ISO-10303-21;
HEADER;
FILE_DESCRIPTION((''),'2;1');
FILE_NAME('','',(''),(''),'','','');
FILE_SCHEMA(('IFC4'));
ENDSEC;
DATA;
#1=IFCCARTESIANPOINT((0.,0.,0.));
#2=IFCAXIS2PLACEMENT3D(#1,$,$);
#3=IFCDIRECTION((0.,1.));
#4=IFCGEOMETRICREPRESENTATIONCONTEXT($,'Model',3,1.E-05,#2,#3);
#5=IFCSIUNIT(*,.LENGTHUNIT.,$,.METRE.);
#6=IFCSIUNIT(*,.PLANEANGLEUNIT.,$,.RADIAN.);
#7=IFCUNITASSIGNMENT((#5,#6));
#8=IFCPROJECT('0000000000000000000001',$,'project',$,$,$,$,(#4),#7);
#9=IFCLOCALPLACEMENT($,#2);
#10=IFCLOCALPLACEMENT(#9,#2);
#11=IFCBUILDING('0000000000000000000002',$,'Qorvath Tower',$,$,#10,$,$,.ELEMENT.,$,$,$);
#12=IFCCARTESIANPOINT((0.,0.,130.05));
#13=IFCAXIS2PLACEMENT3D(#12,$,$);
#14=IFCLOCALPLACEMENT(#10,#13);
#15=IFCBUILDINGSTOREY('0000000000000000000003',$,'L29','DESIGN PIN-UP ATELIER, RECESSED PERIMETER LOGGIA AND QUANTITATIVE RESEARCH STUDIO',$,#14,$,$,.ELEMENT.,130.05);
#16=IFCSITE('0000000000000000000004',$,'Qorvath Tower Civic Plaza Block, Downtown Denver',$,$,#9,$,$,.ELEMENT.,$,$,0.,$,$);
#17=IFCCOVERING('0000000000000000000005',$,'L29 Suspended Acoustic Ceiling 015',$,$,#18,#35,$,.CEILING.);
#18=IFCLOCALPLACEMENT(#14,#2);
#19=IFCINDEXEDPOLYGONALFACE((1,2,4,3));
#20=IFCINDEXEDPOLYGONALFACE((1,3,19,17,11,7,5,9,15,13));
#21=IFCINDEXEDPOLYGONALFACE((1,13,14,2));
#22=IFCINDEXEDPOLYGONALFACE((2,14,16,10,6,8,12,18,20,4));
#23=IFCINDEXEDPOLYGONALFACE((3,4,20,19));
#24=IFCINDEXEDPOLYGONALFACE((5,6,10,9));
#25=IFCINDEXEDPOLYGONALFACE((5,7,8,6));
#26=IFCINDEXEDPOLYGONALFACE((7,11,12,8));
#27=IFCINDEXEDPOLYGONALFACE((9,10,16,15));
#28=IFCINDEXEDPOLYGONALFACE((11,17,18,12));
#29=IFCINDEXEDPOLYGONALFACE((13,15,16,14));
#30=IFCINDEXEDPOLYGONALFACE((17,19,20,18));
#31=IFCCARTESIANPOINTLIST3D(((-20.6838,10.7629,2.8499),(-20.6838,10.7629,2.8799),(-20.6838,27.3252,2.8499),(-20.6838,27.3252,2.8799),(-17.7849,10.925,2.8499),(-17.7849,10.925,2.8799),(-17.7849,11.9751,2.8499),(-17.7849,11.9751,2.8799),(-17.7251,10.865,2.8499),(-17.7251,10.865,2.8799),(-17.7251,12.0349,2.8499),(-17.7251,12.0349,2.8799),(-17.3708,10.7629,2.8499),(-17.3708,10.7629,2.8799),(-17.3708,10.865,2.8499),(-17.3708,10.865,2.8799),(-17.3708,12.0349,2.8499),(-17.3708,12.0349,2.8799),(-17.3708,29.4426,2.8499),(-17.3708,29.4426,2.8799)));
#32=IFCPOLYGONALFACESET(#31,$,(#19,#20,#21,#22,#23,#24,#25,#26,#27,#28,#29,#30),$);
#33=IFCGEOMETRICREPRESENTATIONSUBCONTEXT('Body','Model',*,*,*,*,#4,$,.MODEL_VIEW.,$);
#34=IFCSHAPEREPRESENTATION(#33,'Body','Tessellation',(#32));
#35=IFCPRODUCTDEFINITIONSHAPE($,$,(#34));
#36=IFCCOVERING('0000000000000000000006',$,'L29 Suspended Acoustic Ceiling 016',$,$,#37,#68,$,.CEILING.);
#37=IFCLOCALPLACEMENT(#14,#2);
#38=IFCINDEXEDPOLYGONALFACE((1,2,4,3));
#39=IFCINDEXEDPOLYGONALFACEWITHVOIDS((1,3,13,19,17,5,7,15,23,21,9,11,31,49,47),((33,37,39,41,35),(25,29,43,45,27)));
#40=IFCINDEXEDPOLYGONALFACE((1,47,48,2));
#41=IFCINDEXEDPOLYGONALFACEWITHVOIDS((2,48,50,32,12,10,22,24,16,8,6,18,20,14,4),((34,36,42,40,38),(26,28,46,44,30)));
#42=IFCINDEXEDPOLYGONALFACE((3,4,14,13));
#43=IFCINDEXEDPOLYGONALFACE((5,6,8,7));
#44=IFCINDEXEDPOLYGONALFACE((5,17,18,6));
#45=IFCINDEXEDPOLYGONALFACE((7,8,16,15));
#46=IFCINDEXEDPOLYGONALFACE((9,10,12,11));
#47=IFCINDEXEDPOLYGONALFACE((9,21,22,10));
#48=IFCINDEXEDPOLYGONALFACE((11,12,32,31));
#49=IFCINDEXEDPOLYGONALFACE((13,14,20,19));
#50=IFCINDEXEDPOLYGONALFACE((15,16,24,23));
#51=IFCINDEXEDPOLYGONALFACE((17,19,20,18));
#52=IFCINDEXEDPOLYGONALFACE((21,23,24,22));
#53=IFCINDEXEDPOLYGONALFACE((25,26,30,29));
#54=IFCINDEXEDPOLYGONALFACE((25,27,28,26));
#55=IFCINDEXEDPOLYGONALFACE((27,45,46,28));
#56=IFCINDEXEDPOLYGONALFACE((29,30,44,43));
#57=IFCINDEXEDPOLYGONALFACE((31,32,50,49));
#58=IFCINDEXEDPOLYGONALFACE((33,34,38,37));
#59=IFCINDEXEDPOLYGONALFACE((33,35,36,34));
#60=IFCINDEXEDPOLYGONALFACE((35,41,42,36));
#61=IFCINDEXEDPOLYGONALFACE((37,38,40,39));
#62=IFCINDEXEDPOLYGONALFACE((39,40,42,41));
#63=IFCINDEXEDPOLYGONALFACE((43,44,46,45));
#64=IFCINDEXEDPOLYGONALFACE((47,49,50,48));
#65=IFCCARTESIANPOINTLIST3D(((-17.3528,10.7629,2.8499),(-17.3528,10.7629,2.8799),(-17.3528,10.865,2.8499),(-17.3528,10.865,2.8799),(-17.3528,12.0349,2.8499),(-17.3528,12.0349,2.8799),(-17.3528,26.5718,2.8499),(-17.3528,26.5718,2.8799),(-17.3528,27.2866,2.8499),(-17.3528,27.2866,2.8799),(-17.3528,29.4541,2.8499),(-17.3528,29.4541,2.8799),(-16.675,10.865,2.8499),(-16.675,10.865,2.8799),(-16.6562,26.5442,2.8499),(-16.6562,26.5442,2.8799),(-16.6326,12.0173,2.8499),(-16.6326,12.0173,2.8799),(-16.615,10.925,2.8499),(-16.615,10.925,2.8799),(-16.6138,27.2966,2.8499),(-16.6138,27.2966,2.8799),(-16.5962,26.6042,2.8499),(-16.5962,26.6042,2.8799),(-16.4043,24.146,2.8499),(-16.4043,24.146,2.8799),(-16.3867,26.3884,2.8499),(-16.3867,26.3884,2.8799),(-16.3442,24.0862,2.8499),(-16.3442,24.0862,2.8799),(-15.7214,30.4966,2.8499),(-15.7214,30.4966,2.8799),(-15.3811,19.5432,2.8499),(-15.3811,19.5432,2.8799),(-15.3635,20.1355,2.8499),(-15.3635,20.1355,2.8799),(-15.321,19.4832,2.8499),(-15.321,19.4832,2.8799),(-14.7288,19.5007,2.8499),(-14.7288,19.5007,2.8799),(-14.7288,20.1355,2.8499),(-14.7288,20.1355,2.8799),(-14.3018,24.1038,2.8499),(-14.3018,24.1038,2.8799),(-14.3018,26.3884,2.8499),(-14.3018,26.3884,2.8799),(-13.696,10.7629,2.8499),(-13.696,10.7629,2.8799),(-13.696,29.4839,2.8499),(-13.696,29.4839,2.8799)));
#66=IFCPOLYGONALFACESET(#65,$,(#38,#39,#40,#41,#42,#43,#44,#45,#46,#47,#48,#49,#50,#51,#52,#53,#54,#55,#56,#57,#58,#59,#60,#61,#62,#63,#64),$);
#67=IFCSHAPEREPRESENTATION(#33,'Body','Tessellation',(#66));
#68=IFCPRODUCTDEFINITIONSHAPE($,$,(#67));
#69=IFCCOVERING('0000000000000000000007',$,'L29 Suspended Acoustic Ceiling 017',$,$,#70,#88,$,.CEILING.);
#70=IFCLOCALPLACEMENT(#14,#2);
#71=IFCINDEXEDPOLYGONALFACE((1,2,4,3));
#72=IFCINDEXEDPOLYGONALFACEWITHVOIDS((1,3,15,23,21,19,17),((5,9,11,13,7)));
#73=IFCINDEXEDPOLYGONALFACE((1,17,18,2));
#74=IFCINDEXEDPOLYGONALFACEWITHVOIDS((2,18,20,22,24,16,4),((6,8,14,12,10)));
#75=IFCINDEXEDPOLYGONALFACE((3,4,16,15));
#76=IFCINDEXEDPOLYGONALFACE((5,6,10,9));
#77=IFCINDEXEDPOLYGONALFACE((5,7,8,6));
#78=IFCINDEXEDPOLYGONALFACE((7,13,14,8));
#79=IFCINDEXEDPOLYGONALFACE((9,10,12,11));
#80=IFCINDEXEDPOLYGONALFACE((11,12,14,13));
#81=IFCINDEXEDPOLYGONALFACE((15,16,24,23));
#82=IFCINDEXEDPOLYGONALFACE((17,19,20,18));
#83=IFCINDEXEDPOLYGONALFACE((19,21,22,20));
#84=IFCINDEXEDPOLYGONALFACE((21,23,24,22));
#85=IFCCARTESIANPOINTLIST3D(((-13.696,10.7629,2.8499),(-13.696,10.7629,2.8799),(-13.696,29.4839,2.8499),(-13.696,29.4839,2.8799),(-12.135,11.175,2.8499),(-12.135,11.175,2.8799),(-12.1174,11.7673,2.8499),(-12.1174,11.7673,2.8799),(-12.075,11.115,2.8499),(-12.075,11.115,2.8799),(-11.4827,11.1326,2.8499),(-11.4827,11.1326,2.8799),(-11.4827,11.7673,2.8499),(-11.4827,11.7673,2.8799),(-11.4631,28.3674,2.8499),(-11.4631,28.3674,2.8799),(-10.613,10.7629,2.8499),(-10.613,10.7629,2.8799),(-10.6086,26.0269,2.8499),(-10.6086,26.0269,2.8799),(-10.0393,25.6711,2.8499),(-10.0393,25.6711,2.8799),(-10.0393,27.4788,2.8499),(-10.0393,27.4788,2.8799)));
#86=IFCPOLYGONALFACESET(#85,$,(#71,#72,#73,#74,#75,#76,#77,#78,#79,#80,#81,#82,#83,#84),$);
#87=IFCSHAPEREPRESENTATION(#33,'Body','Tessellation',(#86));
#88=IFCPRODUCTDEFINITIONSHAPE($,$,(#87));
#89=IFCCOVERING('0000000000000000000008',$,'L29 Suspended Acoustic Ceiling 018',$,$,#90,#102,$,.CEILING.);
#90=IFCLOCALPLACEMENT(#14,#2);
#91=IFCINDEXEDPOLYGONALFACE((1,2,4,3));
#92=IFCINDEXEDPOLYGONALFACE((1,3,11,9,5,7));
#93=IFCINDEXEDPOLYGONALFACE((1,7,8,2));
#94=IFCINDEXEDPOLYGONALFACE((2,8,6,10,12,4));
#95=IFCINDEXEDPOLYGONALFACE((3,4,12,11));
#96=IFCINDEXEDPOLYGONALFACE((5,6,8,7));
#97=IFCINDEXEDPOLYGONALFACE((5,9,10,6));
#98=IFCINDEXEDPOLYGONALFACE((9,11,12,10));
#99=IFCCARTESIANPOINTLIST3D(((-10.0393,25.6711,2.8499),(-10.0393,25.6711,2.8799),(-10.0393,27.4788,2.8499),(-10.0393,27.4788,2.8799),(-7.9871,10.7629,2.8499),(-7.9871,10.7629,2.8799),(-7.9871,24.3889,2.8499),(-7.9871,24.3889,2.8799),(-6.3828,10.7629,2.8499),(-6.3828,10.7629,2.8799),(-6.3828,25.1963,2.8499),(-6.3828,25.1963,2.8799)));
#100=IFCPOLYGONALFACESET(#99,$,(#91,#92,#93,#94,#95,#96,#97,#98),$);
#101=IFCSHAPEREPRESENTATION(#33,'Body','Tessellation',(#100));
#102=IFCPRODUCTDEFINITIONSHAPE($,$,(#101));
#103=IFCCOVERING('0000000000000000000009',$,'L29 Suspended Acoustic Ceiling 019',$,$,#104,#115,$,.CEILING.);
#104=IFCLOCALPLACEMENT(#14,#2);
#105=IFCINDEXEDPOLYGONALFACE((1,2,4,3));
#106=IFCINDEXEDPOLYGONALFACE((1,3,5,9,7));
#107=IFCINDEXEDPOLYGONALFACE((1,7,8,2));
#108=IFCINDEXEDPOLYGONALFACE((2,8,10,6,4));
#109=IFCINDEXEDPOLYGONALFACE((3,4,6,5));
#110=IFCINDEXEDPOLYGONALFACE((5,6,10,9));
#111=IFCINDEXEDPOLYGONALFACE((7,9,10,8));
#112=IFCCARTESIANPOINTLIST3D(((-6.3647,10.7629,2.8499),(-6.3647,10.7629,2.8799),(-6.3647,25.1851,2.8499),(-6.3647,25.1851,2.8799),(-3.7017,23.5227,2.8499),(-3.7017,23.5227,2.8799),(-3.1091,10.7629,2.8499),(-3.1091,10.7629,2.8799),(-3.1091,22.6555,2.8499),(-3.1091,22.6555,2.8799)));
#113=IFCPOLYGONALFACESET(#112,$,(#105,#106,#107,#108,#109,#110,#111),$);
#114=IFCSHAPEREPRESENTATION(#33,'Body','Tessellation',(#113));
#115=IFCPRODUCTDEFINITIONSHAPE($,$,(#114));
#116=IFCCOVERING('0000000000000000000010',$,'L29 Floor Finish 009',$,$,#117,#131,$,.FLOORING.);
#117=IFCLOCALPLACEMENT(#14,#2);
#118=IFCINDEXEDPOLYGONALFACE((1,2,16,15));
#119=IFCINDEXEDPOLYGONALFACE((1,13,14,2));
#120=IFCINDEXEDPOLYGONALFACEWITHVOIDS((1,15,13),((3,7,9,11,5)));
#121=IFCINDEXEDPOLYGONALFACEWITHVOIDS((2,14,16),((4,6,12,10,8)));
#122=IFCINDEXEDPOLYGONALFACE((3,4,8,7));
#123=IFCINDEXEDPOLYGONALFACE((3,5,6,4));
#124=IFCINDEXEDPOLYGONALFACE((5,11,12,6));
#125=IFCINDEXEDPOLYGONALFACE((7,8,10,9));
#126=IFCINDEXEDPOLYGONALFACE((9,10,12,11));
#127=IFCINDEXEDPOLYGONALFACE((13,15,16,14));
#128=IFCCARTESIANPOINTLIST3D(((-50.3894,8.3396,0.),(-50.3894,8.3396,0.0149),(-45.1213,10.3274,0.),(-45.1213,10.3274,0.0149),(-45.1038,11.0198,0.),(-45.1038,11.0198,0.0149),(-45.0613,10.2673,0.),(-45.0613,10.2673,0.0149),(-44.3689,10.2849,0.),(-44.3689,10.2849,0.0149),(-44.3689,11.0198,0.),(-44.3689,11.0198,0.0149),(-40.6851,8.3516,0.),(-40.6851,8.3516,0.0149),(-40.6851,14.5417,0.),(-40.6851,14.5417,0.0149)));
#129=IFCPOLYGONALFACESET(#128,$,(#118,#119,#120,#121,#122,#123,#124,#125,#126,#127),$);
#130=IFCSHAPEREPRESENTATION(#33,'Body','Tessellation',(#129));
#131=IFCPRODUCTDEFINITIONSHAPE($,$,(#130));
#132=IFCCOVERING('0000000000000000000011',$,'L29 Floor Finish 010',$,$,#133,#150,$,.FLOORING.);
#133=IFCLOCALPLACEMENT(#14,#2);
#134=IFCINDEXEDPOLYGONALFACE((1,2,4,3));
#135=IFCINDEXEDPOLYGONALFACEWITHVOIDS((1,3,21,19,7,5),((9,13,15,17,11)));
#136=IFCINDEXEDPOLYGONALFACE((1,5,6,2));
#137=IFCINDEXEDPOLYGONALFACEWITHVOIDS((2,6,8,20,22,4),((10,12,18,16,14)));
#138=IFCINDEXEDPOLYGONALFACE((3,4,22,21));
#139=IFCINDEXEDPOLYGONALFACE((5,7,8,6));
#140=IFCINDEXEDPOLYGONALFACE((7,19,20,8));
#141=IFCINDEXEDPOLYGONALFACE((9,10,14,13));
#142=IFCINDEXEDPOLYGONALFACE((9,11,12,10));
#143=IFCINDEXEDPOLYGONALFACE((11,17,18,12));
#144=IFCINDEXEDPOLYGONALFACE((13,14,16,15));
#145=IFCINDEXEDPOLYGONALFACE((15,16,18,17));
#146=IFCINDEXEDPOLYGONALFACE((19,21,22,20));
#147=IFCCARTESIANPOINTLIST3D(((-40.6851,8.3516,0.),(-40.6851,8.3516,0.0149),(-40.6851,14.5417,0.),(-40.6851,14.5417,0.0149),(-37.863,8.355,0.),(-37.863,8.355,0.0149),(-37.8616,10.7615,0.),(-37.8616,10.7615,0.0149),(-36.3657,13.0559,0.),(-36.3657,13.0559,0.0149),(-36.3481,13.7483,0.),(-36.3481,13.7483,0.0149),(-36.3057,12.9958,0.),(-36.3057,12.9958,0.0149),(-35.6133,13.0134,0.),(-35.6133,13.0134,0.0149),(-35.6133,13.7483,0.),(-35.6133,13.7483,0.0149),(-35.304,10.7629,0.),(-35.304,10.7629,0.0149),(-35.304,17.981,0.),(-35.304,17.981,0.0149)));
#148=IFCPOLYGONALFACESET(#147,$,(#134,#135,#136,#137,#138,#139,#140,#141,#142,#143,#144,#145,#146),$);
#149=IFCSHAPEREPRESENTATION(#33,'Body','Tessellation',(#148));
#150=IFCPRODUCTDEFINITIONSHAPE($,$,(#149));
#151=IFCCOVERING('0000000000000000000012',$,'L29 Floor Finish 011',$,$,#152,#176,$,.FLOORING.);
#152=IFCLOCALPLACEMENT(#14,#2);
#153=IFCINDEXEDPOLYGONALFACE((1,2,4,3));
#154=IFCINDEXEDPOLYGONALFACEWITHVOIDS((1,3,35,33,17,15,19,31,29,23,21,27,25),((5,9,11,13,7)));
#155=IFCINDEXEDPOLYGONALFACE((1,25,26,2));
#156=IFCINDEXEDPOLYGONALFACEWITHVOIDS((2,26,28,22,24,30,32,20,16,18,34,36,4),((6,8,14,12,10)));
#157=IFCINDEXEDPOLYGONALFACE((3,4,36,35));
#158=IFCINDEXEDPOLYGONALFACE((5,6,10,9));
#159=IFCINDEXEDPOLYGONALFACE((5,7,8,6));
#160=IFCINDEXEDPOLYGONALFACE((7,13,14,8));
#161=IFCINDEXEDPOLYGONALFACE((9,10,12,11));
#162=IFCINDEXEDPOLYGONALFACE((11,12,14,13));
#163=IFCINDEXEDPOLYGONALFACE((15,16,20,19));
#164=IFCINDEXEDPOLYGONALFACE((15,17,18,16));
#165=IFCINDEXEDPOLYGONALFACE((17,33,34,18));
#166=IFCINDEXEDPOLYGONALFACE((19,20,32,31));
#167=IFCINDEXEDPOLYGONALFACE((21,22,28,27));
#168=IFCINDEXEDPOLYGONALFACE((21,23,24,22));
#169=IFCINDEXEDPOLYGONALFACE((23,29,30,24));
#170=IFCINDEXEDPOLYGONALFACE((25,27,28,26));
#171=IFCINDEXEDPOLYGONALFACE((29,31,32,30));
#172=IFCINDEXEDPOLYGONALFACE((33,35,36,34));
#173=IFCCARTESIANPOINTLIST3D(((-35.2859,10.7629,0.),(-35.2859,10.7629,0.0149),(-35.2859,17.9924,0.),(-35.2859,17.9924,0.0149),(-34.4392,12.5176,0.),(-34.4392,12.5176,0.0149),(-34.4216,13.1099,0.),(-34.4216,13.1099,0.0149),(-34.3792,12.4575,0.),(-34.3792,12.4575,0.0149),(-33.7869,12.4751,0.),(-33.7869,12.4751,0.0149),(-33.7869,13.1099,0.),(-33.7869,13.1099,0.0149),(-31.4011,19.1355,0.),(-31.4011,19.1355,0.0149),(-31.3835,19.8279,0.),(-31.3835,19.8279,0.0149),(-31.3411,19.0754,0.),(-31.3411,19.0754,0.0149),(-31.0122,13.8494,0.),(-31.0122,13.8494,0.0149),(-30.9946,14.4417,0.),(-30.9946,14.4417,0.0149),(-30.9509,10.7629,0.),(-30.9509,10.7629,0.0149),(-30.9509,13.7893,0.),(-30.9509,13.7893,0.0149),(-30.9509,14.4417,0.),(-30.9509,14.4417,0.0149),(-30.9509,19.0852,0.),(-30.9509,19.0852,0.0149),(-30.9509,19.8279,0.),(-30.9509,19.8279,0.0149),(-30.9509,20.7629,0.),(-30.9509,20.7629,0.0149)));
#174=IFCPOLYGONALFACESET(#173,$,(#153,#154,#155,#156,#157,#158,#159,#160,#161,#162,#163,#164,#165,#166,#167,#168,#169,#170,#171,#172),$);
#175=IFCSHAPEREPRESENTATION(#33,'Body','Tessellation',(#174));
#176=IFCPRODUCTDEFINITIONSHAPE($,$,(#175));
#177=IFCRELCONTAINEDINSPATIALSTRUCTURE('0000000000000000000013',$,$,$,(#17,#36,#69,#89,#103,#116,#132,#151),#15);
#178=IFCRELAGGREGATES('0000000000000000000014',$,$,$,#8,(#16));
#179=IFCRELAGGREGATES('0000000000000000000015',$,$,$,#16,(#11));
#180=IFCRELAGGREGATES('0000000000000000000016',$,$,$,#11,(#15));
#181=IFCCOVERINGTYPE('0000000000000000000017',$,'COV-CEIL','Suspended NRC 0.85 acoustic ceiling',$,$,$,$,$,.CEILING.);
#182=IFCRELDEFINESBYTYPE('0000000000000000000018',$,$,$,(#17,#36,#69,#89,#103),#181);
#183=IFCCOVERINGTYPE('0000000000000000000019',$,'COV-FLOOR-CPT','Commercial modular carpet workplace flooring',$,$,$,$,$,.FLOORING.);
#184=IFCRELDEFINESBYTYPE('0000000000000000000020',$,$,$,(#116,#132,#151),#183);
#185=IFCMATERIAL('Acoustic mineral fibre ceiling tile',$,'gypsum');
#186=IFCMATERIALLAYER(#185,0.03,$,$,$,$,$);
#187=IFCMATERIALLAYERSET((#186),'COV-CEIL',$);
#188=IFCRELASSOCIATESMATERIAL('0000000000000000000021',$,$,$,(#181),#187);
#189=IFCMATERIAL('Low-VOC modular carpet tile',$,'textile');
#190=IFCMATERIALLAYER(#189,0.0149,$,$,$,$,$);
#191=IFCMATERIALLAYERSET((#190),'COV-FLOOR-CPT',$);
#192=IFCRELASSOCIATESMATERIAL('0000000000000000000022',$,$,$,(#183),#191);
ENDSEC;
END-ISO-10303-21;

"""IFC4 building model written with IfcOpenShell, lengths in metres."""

from ifc_helpers import new_model, si_unit, direction, frame, origin, place, context, subcontext, project, spatial, polyline, outline, extrude, material, layer, layer_set, type_object, element, save


model = new_model("IFC4")

# Units and contexts
model_context = context("Model", 3, precision=1e-05, world=origin(), true_north=direction((0.0, 1.0)))
body_context = subcontext(model_context, "Body", "Model", "MODEL_VIEW")
ifc_project = project(units=[si_unit("LENGTHUNIT", "METRE"), si_unit("PLANEANGLEUNIT", "RADIAN")], contexts=[model_context])

# Site, building, storey
site_placement = place(None, origin())
site = spatial("IfcSite", under=ifc_project, at=site_placement, Name="Qorvath Tower Civic Plaza Block, Downtown Denver", CompositionType="ELEMENT", RefElevation=0.0)
building_placement = place(site_placement, origin())
building = spatial("IfcBuilding", under=site, at=building_placement, Name="Qorvath Tower", CompositionType="ELEMENT")
storey_placement = place(building_placement, frame((0.0, 0.0, 130.05)))
storey = spatial("IfcBuildingStorey", under=building, at=storey_placement, Name="L29", Description="DESIGN PIN-UP ATELIER, RECESSED PERIMETER LOGGIA AND QUANTITATIVE RESEARCH STUDIO", CompositionType="ELEMENT", Elevation=130.05)

# Coverings
ifc_material_1 = material(Name="Acoustic mineral fibre ceiling tile", Category="gypsum")
ifc_layer_1 = layer(ifc_material_1, 0.03)
ifc_layer_set_1 = layer_set([ifc_layer_1], Name="COV-CEIL")
covering_type_1 = type_object("IfcCoveringType", Name="COV-CEIL", Description="Suspended NRC 0.85 acoustic ceiling", PredefinedType="CEILING", material=ifc_layer_set_1)
covering_1_placement = place(storey_placement, frame((0.0, 0.0, 2.8499)))
element("IfcCovering", 1, at=covering_1_placement, inside=storey, type_object=covering_type_1, Name="L29 Suspended Acoustic Ceiling 015", PredefinedType="CEILING", context=body_context, shape_type="SweptSolid", body=[
    extrude(outline(polyline([(-17.3708, 12.0349), (-17.3708, 29.4426), (-20.6838, 27.3252), (-20.6838, 10.7629), (-17.3708, 10.7629), (-17.3708, 10.865), (-17.7251, 10.865), (-17.7849, 10.925), (-17.7849, 11.9751), (-17.7251, 12.0349), (-17.3708, 12.0349)])), origin(), (0.0, 0.0, 1.0), 0.03),
])
covering_2_placement = place(storey_placement, frame((0.0, 0.0, 2.8499)))
element("IfcCovering", 2, at=covering_2_placement, inside=storey, type_object=covering_type_1, Name="L29 Suspended Acoustic Ceiling 016", PredefinedType="CEILING", context=body_context, shape_type="SweptSolid", body=[
    extrude(outline(polyline([(-13.696, 10.7629), (-13.696, 29.4839), (-15.7214, 30.4966), (-17.3528, 29.4541), (-17.3528, 27.2866), (-16.6138, 27.2966), (-16.5962, 26.6042), (-16.6562, 26.5442), (-17.3528, 26.5718), (-17.3528, 12.0349), (-16.6326, 12.0173), (-16.615, 10.925), (-16.675, 10.865), (-17.3528, 10.865), (-17.3528, 10.7629), (-13.696, 10.7629)]), holes=[polyline([(-16.4043, 24.146), (-16.3867, 26.3884), (-14.3018, 26.3884), (-14.3018, 24.1038), (-16.3442, 24.0862), (-16.4043, 24.146)]), polyline([(-15.3811, 19.5432), (-15.3635, 20.1355), (-14.7288, 20.1355), (-14.7288, 19.5007), (-15.321, 19.4832), (-15.3811, 19.5432)])]), origin(), (0.0, 0.0, 1.0), 0.03),
])
covering_3_placement = place(storey_placement, frame((0.0, 0.0, 2.8499)))
element("IfcCovering", 3, at=covering_3_placement, inside=storey, type_object=covering_type_1, Name="L29 Suspended Acoustic Ceiling 017", PredefinedType="CEILING", context=body_context, shape_type="SweptSolid", body=[
    extrude(outline(polyline([(-10.0393, 25.6711), (-10.0393, 27.4788), (-11.4631, 28.3674), (-13.696, 29.4839), (-13.696, 10.7629), (-10.613, 10.7629), (-10.6086, 26.0269), (-10.0393, 25.6711)]), holes=[polyline([(-12.135, 11.175), (-12.1174, 11.7673), (-11.4827, 11.7673), (-11.4827, 11.1326), (-12.075, 11.115), (-12.135, 11.175)])]), origin(), (0.0, 0.0, 1.0), 0.03),
])
covering_4_placement = place(storey_placement, frame((0.0, 0.0, 2.8499)))
element("IfcCovering", 4, at=covering_4_placement, inside=storey, type_object=covering_type_1, Name="L29 Suspended Acoustic Ceiling 018", PredefinedType="CEILING", context=body_context, shape_type="SweptSolid", body=[
    extrude(outline(polyline([(-6.3828, 10.7629), (-6.3828, 25.1963), (-10.0393, 27.4788), (-10.0393, 25.6711), (-7.9871, 24.3889), (-7.9871, 10.7629), (-6.3828, 10.7629)])), origin(), (0.0, 0.0, 1.0), 0.03),
])
covering_5_placement = place(storey_placement, frame((0.0, 0.0, 2.8499)))
element("IfcCovering", 5, at=covering_5_placement, inside=storey, type_object=covering_type_1, Name="L29 Suspended Acoustic Ceiling 019", PredefinedType="CEILING", context=body_context, shape_type="SweptSolid", body=[
    extrude(outline(polyline([(-3.1091, 10.7629), (-3.1091, 22.6555), (-3.7017, 23.5227), (-6.3647, 25.1851), (-6.3647, 10.7629), (-3.1091, 10.7629)])), origin(), (0.0, 0.0, 1.0), 0.03),
])
ifc_material_2 = material(Name="Low-VOC modular carpet tile", Category="textile")
ifc_layer_2 = layer(ifc_material_2, 0.0149)
ifc_layer_set_2 = layer_set([ifc_layer_2], Name="COV-FLOOR-CPT")
covering_type_2 = type_object("IfcCoveringType", Name="COV-FLOOR-CPT", Description="Commercial modular carpet workplace flooring", PredefinedType="FLOORING", material=ifc_layer_set_2)
covering_6_placement = place(storey_placement, origin())
element("IfcCovering", 6, at=covering_6_placement, inside=storey, type_object=covering_type_2, Name="L29 Floor Finish 009", PredefinedType="FLOORING", context=body_context, shape_type="SweptSolid", body=[
    extrude(outline(polyline([(-40.6851, 8.3516), (-40.6851, 14.5417), (-50.3894, 8.3396), (-40.6851, 8.3516)]), holes=[polyline([(-45.1213, 10.3274), (-45.1038, 11.0198), (-44.3689, 11.0198), (-44.3689, 10.2849), (-45.0613, 10.2673), (-45.1213, 10.3274)])]), origin(), (0.0, 0.0, 1.0), 0.0149),
])
covering_7_placement = place(storey_placement, origin())
element("IfcCovering", 7, at=covering_7_placement, inside=storey, type_object=covering_type_2, Name="L29 Floor Finish 010", PredefinedType="FLOORING", context=body_context, shape_type="SweptSolid", body=[
    extrude(outline(polyline([(-35.304, 17.981), (-40.6851, 14.5417), (-40.6851, 8.3516), (-37.863, 8.355), (-37.8616, 10.7615), (-35.304, 10.7629), (-35.304, 17.981)]), holes=[polyline([(-36.3657, 13.0559), (-36.3481, 13.7483), (-35.6133, 13.7483), (-35.6133, 13.0134), (-36.3057, 12.9958), (-36.3657, 13.0559)])]), origin(), (0.0, 0.0, 1.0), 0.0149),
])
covering_8_placement = place(storey_placement, origin())
element("IfcCovering", 8, at=covering_8_placement, inside=storey, type_object=covering_type_2, Name="L29 Floor Finish 011", PredefinedType="FLOORING", context=body_context, shape_type="SweptSolid", body=[
    extrude(outline(polyline([(-35.2859, 10.7629), (-30.9509, 10.7629), (-30.9509, 13.7893), (-31.0122, 13.8494), (-30.9946, 14.4417), (-30.9509, 14.4417), (-30.9509, 19.0852), (-31.3411, 19.0754), (-31.4011, 19.1355), (-31.3835, 19.8279), (-30.9509, 19.8279), (-30.9509, 20.7629), (-35.2859, 17.9924), (-35.2859, 10.7629)]), holes=[polyline([(-34.4392, 12.5176), (-34.4216, 13.1099), (-33.7869, 13.1099), (-33.7869, 12.4751), (-34.3792, 12.4575), (-34.4392, 12.5176)])]), origin(), (0.0, 0.0, 1.0), 0.0149),
])

save(model, "model.ifc")
